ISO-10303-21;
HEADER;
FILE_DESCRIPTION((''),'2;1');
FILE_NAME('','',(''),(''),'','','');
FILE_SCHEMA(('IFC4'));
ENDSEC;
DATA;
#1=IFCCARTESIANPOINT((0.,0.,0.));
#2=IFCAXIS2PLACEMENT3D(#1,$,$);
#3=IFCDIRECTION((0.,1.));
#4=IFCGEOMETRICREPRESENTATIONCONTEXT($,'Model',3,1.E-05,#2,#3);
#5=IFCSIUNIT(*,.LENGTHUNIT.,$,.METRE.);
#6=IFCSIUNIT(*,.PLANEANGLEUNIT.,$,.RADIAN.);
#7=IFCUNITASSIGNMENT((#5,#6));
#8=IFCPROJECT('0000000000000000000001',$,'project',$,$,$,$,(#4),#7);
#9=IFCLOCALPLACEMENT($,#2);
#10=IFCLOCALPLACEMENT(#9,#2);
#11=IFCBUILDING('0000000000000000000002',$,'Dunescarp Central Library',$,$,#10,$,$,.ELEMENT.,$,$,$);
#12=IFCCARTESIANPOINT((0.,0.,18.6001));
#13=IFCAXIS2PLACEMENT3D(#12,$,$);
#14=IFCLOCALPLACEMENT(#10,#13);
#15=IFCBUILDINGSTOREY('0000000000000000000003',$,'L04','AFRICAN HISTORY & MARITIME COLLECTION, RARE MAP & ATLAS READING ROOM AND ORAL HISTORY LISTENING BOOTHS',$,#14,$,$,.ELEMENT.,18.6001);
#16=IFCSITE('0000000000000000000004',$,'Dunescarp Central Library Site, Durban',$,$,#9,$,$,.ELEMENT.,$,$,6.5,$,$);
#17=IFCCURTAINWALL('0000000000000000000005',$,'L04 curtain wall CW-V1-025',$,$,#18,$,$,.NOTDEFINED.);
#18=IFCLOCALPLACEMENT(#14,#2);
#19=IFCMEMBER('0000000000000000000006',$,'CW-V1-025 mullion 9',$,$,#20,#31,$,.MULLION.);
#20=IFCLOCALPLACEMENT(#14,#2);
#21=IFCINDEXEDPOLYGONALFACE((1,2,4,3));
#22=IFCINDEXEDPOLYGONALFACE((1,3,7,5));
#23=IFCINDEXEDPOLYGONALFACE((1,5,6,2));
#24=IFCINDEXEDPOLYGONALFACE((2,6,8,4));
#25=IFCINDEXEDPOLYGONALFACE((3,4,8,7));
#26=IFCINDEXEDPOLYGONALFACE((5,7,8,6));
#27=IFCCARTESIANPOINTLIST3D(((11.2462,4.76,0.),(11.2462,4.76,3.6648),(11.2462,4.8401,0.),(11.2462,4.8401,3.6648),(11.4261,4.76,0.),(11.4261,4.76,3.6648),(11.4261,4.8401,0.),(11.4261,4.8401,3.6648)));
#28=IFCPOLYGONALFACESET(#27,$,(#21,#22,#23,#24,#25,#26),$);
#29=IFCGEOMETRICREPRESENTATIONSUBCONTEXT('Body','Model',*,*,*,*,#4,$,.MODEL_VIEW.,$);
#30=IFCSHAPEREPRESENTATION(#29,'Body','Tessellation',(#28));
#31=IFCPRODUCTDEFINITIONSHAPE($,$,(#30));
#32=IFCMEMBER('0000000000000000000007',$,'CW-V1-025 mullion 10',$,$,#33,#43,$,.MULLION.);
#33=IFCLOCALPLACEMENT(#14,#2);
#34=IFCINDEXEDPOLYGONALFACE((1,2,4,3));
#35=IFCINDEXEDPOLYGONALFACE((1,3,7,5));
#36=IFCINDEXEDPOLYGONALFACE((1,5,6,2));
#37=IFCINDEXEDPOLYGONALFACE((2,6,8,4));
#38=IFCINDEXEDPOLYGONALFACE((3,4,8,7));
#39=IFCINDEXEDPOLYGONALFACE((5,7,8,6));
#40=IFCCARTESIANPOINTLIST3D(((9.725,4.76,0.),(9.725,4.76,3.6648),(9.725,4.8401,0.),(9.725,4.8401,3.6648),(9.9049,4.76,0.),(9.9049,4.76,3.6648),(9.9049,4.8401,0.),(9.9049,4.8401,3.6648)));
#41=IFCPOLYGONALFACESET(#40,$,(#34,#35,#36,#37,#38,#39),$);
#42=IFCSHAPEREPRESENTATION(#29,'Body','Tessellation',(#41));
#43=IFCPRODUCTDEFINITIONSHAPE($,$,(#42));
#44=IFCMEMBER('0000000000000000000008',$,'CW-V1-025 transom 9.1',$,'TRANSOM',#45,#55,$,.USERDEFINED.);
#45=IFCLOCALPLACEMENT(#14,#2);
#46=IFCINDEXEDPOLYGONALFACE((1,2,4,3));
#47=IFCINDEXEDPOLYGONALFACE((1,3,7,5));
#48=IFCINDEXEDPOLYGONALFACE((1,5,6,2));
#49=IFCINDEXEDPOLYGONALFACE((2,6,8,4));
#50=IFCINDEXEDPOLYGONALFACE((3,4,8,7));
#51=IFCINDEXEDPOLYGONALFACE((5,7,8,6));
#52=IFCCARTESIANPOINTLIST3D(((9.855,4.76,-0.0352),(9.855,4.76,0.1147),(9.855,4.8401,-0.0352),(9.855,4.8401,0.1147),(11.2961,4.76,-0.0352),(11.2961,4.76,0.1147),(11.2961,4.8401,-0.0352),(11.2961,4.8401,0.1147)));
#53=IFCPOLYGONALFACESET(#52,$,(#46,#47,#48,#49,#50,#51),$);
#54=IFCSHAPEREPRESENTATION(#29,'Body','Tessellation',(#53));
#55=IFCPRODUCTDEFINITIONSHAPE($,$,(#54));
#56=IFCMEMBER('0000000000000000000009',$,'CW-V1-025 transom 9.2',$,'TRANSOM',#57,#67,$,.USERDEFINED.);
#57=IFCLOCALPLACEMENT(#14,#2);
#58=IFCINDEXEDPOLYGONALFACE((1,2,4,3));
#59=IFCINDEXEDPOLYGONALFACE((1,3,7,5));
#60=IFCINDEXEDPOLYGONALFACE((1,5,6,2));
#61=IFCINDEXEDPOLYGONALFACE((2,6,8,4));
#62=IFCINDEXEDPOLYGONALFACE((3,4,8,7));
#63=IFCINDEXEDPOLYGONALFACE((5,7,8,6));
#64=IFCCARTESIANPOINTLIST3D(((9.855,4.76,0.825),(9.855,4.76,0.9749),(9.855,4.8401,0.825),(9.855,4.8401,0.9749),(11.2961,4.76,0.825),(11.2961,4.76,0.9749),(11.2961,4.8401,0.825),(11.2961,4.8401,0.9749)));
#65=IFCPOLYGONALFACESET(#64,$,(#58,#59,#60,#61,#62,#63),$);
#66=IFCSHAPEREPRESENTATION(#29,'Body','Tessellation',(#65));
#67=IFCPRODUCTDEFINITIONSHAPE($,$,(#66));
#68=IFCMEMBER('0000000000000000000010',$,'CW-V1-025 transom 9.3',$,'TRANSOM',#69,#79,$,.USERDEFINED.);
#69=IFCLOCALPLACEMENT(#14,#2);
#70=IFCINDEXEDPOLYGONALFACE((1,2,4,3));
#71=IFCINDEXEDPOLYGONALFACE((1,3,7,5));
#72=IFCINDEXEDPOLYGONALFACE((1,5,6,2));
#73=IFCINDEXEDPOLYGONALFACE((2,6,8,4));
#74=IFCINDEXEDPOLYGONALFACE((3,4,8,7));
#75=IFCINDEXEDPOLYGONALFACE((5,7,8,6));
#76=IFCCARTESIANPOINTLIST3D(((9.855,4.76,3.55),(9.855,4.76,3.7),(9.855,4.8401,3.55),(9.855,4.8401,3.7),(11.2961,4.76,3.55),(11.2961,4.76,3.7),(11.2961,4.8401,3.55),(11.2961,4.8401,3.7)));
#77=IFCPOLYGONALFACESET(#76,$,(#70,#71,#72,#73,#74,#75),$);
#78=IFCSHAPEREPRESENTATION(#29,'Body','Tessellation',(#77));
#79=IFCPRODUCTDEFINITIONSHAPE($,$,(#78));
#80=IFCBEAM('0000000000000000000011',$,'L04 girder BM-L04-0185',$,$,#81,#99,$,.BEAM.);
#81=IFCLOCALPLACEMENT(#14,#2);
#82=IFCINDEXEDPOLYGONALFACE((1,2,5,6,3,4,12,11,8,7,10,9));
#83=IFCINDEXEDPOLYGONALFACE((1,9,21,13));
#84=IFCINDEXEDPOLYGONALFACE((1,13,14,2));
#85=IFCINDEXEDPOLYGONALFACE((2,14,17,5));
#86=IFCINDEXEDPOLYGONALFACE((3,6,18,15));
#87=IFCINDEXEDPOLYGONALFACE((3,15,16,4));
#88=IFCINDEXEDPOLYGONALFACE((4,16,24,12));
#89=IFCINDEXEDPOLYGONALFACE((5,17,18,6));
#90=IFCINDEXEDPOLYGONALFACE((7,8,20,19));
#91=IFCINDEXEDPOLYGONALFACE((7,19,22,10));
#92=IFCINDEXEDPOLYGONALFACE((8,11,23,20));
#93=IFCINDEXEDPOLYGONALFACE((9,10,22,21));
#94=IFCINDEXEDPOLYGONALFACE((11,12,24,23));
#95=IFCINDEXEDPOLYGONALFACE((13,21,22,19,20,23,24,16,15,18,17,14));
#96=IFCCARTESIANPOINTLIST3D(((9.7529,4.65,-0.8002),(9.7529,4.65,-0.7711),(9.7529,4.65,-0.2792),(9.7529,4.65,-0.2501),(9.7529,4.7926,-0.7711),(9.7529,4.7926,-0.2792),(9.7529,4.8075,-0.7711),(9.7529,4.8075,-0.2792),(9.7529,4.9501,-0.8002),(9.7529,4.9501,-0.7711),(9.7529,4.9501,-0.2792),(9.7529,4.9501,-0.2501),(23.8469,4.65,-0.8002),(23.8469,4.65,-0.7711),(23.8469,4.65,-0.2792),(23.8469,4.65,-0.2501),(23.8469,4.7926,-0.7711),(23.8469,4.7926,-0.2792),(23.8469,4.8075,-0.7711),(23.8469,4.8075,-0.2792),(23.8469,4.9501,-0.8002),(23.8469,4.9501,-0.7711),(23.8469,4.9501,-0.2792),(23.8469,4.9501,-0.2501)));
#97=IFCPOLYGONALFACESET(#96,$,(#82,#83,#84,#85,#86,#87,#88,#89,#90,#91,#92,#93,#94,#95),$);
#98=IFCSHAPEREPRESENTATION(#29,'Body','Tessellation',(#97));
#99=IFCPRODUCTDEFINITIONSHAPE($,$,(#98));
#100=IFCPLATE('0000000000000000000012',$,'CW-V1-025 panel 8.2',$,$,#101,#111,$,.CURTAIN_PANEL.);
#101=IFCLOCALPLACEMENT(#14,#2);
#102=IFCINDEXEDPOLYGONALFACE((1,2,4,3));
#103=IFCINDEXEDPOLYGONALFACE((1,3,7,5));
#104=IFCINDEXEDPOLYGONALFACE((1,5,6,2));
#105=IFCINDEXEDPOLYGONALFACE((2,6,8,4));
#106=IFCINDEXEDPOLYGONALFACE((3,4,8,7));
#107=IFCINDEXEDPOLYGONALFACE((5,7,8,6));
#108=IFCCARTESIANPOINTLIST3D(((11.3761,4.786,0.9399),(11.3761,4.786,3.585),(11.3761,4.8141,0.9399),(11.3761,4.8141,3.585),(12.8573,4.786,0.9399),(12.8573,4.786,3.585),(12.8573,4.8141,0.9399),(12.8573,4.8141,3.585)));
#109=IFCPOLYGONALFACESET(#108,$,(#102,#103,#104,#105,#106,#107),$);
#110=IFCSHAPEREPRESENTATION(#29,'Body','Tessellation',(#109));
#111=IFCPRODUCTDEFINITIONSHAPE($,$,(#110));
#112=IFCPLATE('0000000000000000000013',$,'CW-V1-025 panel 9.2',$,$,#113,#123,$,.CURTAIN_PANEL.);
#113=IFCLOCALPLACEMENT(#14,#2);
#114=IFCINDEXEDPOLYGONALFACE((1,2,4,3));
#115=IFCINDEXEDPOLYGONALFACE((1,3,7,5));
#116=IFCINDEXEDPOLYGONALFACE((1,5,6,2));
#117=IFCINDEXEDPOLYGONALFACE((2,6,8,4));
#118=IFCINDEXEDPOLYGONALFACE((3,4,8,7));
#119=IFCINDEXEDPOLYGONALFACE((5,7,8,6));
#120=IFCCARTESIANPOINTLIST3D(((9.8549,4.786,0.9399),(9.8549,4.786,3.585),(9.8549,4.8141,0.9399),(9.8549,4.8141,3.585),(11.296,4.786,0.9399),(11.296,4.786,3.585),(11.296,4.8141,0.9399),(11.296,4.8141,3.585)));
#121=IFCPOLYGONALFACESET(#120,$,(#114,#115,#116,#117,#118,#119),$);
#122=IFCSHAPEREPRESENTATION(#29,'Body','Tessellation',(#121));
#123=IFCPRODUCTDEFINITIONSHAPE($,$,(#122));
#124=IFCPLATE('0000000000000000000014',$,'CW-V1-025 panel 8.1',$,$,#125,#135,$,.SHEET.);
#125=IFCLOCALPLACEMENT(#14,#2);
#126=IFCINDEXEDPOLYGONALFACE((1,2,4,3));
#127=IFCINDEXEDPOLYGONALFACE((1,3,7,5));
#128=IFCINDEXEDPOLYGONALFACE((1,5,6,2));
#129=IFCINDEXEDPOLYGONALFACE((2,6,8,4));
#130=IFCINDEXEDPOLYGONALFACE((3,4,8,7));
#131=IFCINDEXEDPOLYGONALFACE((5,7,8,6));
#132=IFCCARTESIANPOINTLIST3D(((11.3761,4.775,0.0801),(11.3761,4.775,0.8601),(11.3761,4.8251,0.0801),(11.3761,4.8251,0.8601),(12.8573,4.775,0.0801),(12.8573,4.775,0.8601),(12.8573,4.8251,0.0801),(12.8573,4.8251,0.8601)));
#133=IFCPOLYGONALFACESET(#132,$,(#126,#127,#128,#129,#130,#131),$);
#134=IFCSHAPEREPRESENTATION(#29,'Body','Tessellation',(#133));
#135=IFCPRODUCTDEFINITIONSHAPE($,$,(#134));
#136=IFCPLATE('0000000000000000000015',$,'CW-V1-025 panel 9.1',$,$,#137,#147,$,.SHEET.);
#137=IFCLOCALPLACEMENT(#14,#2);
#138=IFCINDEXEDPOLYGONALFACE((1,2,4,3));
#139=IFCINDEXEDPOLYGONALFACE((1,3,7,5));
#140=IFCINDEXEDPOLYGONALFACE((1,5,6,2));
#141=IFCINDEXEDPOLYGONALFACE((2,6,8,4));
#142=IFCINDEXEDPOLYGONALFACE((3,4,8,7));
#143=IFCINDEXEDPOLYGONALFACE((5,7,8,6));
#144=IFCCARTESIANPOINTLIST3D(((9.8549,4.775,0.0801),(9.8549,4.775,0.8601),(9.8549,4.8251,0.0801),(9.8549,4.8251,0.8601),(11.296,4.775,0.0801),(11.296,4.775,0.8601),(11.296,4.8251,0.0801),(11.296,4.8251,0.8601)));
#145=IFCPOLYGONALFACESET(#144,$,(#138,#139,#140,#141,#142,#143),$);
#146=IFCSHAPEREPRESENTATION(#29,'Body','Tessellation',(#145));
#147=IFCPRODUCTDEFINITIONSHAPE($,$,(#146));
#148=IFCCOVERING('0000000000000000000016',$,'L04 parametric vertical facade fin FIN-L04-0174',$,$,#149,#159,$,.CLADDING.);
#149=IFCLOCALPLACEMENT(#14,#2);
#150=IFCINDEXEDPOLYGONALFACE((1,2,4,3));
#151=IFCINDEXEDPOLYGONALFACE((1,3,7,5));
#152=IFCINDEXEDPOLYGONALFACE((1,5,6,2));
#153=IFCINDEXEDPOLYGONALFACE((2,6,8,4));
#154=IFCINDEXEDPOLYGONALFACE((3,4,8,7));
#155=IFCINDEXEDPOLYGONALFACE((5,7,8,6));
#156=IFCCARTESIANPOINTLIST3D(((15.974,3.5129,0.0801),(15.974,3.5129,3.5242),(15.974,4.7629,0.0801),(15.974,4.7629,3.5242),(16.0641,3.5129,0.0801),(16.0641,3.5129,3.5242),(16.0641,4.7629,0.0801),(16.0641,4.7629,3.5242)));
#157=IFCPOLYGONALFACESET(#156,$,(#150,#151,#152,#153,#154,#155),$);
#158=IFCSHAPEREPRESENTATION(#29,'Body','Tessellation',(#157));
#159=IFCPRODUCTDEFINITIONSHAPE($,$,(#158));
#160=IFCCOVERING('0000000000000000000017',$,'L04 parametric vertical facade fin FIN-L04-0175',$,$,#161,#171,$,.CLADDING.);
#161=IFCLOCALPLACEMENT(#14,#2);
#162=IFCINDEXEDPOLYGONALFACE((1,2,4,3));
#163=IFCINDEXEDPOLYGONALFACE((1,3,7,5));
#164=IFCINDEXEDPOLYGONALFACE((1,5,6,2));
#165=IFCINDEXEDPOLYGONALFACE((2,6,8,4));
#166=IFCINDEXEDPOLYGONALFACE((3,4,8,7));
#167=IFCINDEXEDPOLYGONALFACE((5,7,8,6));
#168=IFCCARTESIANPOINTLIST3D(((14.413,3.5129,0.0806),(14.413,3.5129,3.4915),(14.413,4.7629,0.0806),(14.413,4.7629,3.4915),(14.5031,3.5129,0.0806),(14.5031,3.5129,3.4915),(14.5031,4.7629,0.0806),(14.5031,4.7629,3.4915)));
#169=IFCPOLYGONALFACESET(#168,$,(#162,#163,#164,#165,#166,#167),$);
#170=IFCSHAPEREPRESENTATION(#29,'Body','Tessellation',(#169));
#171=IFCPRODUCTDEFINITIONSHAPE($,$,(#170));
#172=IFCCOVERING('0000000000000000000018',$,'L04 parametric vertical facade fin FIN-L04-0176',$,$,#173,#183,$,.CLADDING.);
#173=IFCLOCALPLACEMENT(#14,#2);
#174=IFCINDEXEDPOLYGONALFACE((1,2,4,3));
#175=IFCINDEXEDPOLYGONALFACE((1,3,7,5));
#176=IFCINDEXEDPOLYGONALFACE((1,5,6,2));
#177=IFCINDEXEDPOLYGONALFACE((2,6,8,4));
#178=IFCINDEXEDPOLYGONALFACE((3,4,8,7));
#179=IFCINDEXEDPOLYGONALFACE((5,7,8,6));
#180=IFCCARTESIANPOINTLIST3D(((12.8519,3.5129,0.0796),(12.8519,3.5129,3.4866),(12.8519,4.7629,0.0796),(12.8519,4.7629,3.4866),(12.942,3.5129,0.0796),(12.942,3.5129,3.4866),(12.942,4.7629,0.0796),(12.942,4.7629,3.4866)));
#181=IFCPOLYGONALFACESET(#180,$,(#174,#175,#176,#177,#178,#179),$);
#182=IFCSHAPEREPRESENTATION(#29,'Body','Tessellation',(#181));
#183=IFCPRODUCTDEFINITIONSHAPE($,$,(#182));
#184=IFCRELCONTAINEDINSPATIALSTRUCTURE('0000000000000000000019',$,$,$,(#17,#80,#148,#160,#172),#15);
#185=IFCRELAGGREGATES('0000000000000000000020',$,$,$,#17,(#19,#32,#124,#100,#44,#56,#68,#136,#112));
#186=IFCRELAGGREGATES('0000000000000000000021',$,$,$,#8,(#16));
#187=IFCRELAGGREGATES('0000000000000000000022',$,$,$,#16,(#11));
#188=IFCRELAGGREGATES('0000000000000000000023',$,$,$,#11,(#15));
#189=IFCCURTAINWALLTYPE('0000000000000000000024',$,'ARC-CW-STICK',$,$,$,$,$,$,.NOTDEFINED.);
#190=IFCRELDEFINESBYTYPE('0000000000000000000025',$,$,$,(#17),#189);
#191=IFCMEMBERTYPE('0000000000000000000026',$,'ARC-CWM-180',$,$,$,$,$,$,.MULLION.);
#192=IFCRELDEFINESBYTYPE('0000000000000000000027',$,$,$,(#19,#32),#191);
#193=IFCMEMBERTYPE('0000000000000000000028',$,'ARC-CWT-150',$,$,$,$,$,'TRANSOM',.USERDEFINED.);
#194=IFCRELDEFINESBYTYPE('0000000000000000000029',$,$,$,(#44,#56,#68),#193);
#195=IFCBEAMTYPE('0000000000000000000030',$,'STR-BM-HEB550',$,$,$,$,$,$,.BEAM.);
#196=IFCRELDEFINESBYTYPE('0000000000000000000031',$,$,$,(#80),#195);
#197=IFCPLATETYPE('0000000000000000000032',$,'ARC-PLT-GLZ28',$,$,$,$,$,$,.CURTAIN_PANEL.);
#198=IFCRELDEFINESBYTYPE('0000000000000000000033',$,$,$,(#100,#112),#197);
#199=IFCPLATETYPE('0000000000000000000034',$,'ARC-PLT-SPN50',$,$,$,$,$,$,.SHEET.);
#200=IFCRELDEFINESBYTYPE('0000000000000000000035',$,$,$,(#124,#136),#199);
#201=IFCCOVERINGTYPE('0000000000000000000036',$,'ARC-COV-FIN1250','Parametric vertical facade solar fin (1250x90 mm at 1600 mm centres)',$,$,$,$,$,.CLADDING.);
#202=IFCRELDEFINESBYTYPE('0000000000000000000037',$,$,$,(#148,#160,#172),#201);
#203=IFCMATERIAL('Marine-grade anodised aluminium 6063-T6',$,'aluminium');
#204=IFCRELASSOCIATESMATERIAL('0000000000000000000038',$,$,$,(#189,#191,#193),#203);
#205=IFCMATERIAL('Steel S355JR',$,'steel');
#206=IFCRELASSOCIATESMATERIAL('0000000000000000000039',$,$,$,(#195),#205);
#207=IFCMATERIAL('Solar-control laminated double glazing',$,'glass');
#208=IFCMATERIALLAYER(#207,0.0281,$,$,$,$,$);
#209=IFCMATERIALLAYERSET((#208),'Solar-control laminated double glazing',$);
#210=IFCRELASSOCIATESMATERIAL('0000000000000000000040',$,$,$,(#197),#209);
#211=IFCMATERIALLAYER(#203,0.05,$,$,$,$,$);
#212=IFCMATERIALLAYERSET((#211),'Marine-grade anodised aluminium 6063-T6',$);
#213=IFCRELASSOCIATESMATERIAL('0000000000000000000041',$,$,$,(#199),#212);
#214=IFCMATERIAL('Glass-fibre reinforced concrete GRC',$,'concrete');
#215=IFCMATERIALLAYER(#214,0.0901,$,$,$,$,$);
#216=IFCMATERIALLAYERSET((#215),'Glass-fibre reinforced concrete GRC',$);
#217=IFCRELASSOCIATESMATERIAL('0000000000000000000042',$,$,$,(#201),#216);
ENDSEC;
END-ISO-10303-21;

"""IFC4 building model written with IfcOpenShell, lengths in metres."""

from ifc_helpers import new_model, si_unit, direction, frame, origin, origin_2d, place, context, subcontext, project, spatial, rectangle, i_section, extrude, material, layer, layer_set, material_profile, profile_set, type_object, element, aggregate, save


model = new_model("IFC4")

# Units and contexts
model_context = context("Model", 3, precision=1e-05, world=origin(), true_north=direction((0.0, 1.0)))
body_context = subcontext(model_context, "Body", "Model", "MODEL_VIEW")
ifc_project = project(units=[si_unit("LENGTHUNIT", "METRE"), si_unit("PLANEANGLEUNIT", "RADIAN")], contexts=[model_context])

# Site, building, storey
site_placement = place(None, origin())
site = spatial("IfcSite", under=ifc_project, at=site_placement, Name="Dunescarp Central Library Site, Durban", CompositionType="ELEMENT", RefElevation=6.5)
building_placement = place(site_placement, origin())
building = spatial("IfcBuilding", under=site, at=building_placement, Name="Dunescarp Central Library", CompositionType="ELEMENT")
storey_placement = place(building_placement, frame((0.0, 0.0, 18.6001)))
storey = spatial("IfcBuildingStorey", under=building, at=storey_placement, Name="L04", Description="AFRICAN HISTORY & MARITIME COLLECTION, RARE MAP & ATLAS READING ROOM AND ORAL HISTORY LISTENING BOOTHS", CompositionType="ELEMENT", Elevation=18.6001)

# Curtain wall, members
ifc_material_1 = material(Name="Marine-grade anodised aluminium 6063-T6", Category="aluminium")
curtain_wall_type = type_object("IfcCurtainWallType", Name="ARC-CW-STICK", PredefinedType="NOTDEFINED", material=ifc_material_1)
curtain_wall_placement = place(storey_placement, origin())
curtain_wall = element("IfcCurtainWall", 1, at=curtain_wall_placement, inside=storey, type_object=curtain_wall_type, Name="L04 curtain wall CW-V1-025", PredefinedType="NOTDEFINED")
ifc_material_profile_1 = material_profile(ifc_material_1, rectangle(XDim=0.0801, YDim=0.1799, at=origin_2d()), Name="AL 80x180")
ifc_profile_set_1 = profile_set([ifc_material_profile_1], Name="Marine-grade anodised aluminium 6063-T6")
member_type_1 = type_object("IfcMemberType", Name="ARC-CWM-180", PredefinedType="MULLION", material=ifc_profile_set_1)
member_1_placement = place(storey_placement, frame((11.3362, 4.8, 0.0), z_axis=(0.0, 0.0, 1.0), x_axis=(0.0, -1.0, 0.0)))
member_1 = element("IfcMember", 2, at=member_1_placement, type_object=member_type_1, Name="CW-V1-025 mullion 9", PredefinedType="MULLION", context=body_context, shape_type="SweptSolid", body=[
    extrude(rectangle(XDim=0.0801, YDim=0.1799, at=origin_2d()), origin(), (0.0, 0.0, 1.0), 3.6648),
])
member_2_placement = place(storey_placement, frame((9.8149, 4.8, 0.0), z_axis=(0.0, 0.0, 1.0), x_axis=(0.0, -1.0, 0.0)))
member_2 = element("IfcMember", 3, at=member_2_placement, type_object=member_type_1, Name="CW-V1-025 mullion 10", PredefinedType="MULLION", context=body_context, shape_type="SweptSolid", body=[
    extrude(rectangle(XDim=0.0801, YDim=0.1799, at=origin_2d()), origin(), (0.0, 0.0, 1.0), 3.6648),
])
ifc_material_profile_2 = material_profile(ifc_material_1, rectangle(XDim=0.0801, YDim=0.1499, at=origin_2d()), Name="AL 80x150")
ifc_profile_set_2 = profile_set([ifc_material_profile_2], Name="Marine-grade anodised aluminium 6063-T6")
member_type_2 = type_object("IfcMemberType", Name="ARC-CWT-150", ElementType="TRANSOM", PredefinedType="USERDEFINED", material=ifc_profile_set_2)
member_3_placement = place(storey_placement, frame((11.2961, 4.8, 0.0398), z_axis=(-1.0, 0.0, 0.0), x_axis=(0.0, -1.0, 0.0)))
member_3 = element("IfcMember", 4, at=member_3_placement, type_object=member_type_2, Name="CW-V1-025 transom 9.1", ObjectType="TRANSOM", PredefinedType="USERDEFINED", context=body_context, shape_type="SweptSolid", body=[
    extrude(rectangle(XDim=0.0801, YDim=0.1499, at=origin_2d()), origin(), (0.0, 0.0, 1.0), 1.4412),
])
member_4_placement = place(storey_placement, frame((11.2961, 4.8, 0.8999), z_axis=(-1.0, 0.0, 0.0), x_axis=(0.0, -1.0, 0.0)))
member_4 = element("IfcMember", 5, at=member_4_placement, type_object=member_type_2, Name="CW-V1-025 transom 9.2", ObjectType="TRANSOM", PredefinedType="USERDEFINED", context=body_context, shape_type="SweptSolid", body=[
    extrude(rectangle(XDim=0.0801, YDim=0.1499, at=origin_2d()), origin(), (0.0, 0.0, 1.0), 1.4412),
])
member_5_placement = place(storey_placement, frame((11.2961, 4.8, 3.625), z_axis=(-1.0, 0.0, 0.0), x_axis=(0.0, -1.0, 0.0)))
member_5 = element("IfcMember", 6, at=member_5_placement, type_object=member_type_2, Name="CW-V1-025 transom 9.3", ObjectType="TRANSOM", PredefinedType="USERDEFINED", context=body_context, shape_type="SweptSolid", body=[
    extrude(rectangle(XDim=0.0801, YDim=0.1499, at=origin_2d()), origin(), (0.0, 0.0, 1.0), 1.4412),
])

# Beam
ifc_material_2 = material(Name="Steel S355JR", Category="steel")
ifc_material_profile_3 = material_profile(ifc_material_2, i_section(OverallWidth=0.3, OverallDepth=0.55, WebThickness=0.0149, FlangeThickness=0.0291, at=origin_2d()), Name="HEB 550")
ifc_profile_set_3 = profile_set([ifc_material_profile_3], Name="Steel S355JR")
beam_type = type_object("IfcBeamType", Name="STR-BM-HEB550", PredefinedType="BEAM", material=ifc_profile_set_3)
beam_placement = place(storey_placement, frame((9.7529, 4.8, -0.5251), z_axis=(1.0, 0.0, 0.0), x_axis=(0.0, 1.0, 0.0)))
element("IfcBeam", 7, at=beam_placement, inside=storey, type_object=beam_type, Name="L04 girder BM-L04-0185", PredefinedType="BEAM", context=body_context, shape_type="SweptSolid", body=[
    extrude(i_section(OverallWidth=0.3, OverallDepth=0.55, WebThickness=0.0149, FlangeThickness=0.0291, at=origin_2d()), origin(), (0.0, 0.0, 1.0), 14.094),
])

# Plates
ifc_material_3 = material(Name="Solar-control laminated double glazing", Category="glass")
ifc_layer_1 = layer(ifc_material_3, 0.0281)
ifc_layer_set_1 = layer_set([ifc_layer_1], Name="Solar-control laminated double glazing")
plate_type_1 = type_object("IfcPlateType", Name="ARC-PLT-GLZ28", PredefinedType="CURTAIN_PANEL", material=ifc_layer_set_1)
plate_1_placement = place(storey_placement, frame((12.1167, 4.8, 0.9399), z_axis=(0.0, 0.0, 1.0), x_axis=(-1.0, 0.0, 0.0)))
plate_1 = element("IfcPlate", 8, at=plate_1_placement, type_object=plate_type_1, Name="CW-V1-025 panel 8.2", PredefinedType="CURTAIN_PANEL", context=body_context, shape_type="SweptSolid", body=[
    extrude(rectangle(XDim=1.4812, YDim=0.0281, at=origin_2d()), origin(), (0.0, 0.0, 1.0), 2.645),
])
plate_2_placement = place(storey_placement, frame((10.5754, 4.8, 0.9399), z_axis=(0.0, 0.0, 1.0), x_axis=(-1.0, 0.0, 0.0)))
plate_2 = element("IfcPlate", 9, at=plate_2_placement, type_object=plate_type_1, Name="CW-V1-025 panel 9.2", PredefinedType="CURTAIN_PANEL", context=body_context, shape_type="SweptSolid", body=[
    extrude(rectangle(XDim=1.4412, YDim=0.0281, at=origin_2d()), origin(), (0.0, 0.0, 1.0), 2.645),
])
ifc_layer_2 = layer(ifc_material_1, 0.05)
ifc_layer_set_2 = layer_set([ifc_layer_2], Name="Marine-grade anodised aluminium 6063-T6")
plate_type_2 = type_object("IfcPlateType", Name="ARC-PLT-SPN50", PredefinedType="SHEET", material=ifc_layer_set_2)
plate_3_placement = place(storey_placement, frame((12.1167, 4.8, 0.0801), z_axis=(0.0, 0.0, 1.0), x_axis=(-1.0, 0.0, 0.0)))
plate_3 = element("IfcPlate", 10, at=plate_3_placement, type_object=plate_type_2, Name="CW-V1-025 panel 8.1", PredefinedType="SHEET", context=body_context, shape_type="SweptSolid", body=[
    extrude(rectangle(XDim=1.4812, YDim=0.05, at=origin_2d()), origin(), (0.0, 0.0, 1.0), 0.78),
])
plate_4_placement = place(storey_placement, frame((10.5754, 4.8, 0.0801), z_axis=(0.0, 0.0, 1.0), x_axis=(-1.0, 0.0, 0.0)))
plate_4 = element("IfcPlate", 11, at=plate_4_placement, type_object=plate_type_2, Name="CW-V1-025 panel 9.1", PredefinedType="SHEET", context=body_context, shape_type="SweptSolid", body=[
    extrude(rectangle(XDim=1.4412, YDim=0.05, at=origin_2d()), origin(), (0.0, 0.0, 1.0), 0.78),
])
aggregate(curtain_wall, [member_1, member_2, plate_3, plate_1, member_3, member_4, member_5, plate_4, plate_2])

# Coverings
ifc_material_4 = material(Name="Glass-fibre reinforced concrete GRC", Category="concrete")
ifc_layer_3 = layer(ifc_material_4, 0.0901)
ifc_layer_set_3 = layer_set([ifc_layer_3], Name="Glass-fibre reinforced concrete GRC")
covering_type = type_object("IfcCoveringType", Name="ARC-COV-FIN1250", Description="Parametric vertical facade solar fin (1250x90 mm at 1600 mm centres)", PredefinedType="CLADDING", material=ifc_layer_set_3)
covering_1_placement = place(storey_placement, frame((16.019, 4.1379, 0.0801), z_axis=(0.0, 0.0, 1.0), x_axis=(0.0, -1.0, 0.0)))
element("IfcCovering", 12, at=covering_1_placement, inside=storey, type_object=covering_type, Name="L04 parametric vertical facade fin FIN-L04-0174", PredefinedType="CLADDING", context=body_context, shape_type="SweptSolid", body=[
    extrude(rectangle(XDim=1.25, YDim=0.0901, at=origin_2d()), origin(), (0.0, 0.0, 1.0), 3.4441),
])
covering_2_placement = place(storey_placement, frame((14.458, 4.1379, 0.0806), z_axis=(0.0, 0.0, 1.0), x_axis=(0.0, -1.0, 0.0)))
element("IfcCovering", 13, at=covering_2_placement, inside=storey, type_object=covering_type, Name="L04 parametric vertical facade fin FIN-L04-0175", PredefinedType="CLADDING", context=body_context, shape_type="SweptSolid", body=[
    extrude(rectangle(XDim=1.25, YDim=0.0901, at=origin_2d()), origin(), (0.0, 0.0, 1.0), 3.4109),
])
covering_3_placement = place(storey_placement, frame((12.897, 4.1379, 0.0796), z_axis=(0.0, 0.0, 1.0), x_axis=(0.0, -1.0, 0.0)))
element("IfcCovering", 14, at=covering_3_placement, inside=storey, type_object=covering_type, Name="L04 parametric vertical facade fin FIN-L04-0176", PredefinedType="CLADDING", context=body_context, shape_type="SweptSolid", body=[
    extrude(rectangle(XDim=1.25, YDim=0.0901, at=origin_2d()), origin(), (0.0, 0.0, 1.0), 3.407),
])

save(model, "model.ifc")
